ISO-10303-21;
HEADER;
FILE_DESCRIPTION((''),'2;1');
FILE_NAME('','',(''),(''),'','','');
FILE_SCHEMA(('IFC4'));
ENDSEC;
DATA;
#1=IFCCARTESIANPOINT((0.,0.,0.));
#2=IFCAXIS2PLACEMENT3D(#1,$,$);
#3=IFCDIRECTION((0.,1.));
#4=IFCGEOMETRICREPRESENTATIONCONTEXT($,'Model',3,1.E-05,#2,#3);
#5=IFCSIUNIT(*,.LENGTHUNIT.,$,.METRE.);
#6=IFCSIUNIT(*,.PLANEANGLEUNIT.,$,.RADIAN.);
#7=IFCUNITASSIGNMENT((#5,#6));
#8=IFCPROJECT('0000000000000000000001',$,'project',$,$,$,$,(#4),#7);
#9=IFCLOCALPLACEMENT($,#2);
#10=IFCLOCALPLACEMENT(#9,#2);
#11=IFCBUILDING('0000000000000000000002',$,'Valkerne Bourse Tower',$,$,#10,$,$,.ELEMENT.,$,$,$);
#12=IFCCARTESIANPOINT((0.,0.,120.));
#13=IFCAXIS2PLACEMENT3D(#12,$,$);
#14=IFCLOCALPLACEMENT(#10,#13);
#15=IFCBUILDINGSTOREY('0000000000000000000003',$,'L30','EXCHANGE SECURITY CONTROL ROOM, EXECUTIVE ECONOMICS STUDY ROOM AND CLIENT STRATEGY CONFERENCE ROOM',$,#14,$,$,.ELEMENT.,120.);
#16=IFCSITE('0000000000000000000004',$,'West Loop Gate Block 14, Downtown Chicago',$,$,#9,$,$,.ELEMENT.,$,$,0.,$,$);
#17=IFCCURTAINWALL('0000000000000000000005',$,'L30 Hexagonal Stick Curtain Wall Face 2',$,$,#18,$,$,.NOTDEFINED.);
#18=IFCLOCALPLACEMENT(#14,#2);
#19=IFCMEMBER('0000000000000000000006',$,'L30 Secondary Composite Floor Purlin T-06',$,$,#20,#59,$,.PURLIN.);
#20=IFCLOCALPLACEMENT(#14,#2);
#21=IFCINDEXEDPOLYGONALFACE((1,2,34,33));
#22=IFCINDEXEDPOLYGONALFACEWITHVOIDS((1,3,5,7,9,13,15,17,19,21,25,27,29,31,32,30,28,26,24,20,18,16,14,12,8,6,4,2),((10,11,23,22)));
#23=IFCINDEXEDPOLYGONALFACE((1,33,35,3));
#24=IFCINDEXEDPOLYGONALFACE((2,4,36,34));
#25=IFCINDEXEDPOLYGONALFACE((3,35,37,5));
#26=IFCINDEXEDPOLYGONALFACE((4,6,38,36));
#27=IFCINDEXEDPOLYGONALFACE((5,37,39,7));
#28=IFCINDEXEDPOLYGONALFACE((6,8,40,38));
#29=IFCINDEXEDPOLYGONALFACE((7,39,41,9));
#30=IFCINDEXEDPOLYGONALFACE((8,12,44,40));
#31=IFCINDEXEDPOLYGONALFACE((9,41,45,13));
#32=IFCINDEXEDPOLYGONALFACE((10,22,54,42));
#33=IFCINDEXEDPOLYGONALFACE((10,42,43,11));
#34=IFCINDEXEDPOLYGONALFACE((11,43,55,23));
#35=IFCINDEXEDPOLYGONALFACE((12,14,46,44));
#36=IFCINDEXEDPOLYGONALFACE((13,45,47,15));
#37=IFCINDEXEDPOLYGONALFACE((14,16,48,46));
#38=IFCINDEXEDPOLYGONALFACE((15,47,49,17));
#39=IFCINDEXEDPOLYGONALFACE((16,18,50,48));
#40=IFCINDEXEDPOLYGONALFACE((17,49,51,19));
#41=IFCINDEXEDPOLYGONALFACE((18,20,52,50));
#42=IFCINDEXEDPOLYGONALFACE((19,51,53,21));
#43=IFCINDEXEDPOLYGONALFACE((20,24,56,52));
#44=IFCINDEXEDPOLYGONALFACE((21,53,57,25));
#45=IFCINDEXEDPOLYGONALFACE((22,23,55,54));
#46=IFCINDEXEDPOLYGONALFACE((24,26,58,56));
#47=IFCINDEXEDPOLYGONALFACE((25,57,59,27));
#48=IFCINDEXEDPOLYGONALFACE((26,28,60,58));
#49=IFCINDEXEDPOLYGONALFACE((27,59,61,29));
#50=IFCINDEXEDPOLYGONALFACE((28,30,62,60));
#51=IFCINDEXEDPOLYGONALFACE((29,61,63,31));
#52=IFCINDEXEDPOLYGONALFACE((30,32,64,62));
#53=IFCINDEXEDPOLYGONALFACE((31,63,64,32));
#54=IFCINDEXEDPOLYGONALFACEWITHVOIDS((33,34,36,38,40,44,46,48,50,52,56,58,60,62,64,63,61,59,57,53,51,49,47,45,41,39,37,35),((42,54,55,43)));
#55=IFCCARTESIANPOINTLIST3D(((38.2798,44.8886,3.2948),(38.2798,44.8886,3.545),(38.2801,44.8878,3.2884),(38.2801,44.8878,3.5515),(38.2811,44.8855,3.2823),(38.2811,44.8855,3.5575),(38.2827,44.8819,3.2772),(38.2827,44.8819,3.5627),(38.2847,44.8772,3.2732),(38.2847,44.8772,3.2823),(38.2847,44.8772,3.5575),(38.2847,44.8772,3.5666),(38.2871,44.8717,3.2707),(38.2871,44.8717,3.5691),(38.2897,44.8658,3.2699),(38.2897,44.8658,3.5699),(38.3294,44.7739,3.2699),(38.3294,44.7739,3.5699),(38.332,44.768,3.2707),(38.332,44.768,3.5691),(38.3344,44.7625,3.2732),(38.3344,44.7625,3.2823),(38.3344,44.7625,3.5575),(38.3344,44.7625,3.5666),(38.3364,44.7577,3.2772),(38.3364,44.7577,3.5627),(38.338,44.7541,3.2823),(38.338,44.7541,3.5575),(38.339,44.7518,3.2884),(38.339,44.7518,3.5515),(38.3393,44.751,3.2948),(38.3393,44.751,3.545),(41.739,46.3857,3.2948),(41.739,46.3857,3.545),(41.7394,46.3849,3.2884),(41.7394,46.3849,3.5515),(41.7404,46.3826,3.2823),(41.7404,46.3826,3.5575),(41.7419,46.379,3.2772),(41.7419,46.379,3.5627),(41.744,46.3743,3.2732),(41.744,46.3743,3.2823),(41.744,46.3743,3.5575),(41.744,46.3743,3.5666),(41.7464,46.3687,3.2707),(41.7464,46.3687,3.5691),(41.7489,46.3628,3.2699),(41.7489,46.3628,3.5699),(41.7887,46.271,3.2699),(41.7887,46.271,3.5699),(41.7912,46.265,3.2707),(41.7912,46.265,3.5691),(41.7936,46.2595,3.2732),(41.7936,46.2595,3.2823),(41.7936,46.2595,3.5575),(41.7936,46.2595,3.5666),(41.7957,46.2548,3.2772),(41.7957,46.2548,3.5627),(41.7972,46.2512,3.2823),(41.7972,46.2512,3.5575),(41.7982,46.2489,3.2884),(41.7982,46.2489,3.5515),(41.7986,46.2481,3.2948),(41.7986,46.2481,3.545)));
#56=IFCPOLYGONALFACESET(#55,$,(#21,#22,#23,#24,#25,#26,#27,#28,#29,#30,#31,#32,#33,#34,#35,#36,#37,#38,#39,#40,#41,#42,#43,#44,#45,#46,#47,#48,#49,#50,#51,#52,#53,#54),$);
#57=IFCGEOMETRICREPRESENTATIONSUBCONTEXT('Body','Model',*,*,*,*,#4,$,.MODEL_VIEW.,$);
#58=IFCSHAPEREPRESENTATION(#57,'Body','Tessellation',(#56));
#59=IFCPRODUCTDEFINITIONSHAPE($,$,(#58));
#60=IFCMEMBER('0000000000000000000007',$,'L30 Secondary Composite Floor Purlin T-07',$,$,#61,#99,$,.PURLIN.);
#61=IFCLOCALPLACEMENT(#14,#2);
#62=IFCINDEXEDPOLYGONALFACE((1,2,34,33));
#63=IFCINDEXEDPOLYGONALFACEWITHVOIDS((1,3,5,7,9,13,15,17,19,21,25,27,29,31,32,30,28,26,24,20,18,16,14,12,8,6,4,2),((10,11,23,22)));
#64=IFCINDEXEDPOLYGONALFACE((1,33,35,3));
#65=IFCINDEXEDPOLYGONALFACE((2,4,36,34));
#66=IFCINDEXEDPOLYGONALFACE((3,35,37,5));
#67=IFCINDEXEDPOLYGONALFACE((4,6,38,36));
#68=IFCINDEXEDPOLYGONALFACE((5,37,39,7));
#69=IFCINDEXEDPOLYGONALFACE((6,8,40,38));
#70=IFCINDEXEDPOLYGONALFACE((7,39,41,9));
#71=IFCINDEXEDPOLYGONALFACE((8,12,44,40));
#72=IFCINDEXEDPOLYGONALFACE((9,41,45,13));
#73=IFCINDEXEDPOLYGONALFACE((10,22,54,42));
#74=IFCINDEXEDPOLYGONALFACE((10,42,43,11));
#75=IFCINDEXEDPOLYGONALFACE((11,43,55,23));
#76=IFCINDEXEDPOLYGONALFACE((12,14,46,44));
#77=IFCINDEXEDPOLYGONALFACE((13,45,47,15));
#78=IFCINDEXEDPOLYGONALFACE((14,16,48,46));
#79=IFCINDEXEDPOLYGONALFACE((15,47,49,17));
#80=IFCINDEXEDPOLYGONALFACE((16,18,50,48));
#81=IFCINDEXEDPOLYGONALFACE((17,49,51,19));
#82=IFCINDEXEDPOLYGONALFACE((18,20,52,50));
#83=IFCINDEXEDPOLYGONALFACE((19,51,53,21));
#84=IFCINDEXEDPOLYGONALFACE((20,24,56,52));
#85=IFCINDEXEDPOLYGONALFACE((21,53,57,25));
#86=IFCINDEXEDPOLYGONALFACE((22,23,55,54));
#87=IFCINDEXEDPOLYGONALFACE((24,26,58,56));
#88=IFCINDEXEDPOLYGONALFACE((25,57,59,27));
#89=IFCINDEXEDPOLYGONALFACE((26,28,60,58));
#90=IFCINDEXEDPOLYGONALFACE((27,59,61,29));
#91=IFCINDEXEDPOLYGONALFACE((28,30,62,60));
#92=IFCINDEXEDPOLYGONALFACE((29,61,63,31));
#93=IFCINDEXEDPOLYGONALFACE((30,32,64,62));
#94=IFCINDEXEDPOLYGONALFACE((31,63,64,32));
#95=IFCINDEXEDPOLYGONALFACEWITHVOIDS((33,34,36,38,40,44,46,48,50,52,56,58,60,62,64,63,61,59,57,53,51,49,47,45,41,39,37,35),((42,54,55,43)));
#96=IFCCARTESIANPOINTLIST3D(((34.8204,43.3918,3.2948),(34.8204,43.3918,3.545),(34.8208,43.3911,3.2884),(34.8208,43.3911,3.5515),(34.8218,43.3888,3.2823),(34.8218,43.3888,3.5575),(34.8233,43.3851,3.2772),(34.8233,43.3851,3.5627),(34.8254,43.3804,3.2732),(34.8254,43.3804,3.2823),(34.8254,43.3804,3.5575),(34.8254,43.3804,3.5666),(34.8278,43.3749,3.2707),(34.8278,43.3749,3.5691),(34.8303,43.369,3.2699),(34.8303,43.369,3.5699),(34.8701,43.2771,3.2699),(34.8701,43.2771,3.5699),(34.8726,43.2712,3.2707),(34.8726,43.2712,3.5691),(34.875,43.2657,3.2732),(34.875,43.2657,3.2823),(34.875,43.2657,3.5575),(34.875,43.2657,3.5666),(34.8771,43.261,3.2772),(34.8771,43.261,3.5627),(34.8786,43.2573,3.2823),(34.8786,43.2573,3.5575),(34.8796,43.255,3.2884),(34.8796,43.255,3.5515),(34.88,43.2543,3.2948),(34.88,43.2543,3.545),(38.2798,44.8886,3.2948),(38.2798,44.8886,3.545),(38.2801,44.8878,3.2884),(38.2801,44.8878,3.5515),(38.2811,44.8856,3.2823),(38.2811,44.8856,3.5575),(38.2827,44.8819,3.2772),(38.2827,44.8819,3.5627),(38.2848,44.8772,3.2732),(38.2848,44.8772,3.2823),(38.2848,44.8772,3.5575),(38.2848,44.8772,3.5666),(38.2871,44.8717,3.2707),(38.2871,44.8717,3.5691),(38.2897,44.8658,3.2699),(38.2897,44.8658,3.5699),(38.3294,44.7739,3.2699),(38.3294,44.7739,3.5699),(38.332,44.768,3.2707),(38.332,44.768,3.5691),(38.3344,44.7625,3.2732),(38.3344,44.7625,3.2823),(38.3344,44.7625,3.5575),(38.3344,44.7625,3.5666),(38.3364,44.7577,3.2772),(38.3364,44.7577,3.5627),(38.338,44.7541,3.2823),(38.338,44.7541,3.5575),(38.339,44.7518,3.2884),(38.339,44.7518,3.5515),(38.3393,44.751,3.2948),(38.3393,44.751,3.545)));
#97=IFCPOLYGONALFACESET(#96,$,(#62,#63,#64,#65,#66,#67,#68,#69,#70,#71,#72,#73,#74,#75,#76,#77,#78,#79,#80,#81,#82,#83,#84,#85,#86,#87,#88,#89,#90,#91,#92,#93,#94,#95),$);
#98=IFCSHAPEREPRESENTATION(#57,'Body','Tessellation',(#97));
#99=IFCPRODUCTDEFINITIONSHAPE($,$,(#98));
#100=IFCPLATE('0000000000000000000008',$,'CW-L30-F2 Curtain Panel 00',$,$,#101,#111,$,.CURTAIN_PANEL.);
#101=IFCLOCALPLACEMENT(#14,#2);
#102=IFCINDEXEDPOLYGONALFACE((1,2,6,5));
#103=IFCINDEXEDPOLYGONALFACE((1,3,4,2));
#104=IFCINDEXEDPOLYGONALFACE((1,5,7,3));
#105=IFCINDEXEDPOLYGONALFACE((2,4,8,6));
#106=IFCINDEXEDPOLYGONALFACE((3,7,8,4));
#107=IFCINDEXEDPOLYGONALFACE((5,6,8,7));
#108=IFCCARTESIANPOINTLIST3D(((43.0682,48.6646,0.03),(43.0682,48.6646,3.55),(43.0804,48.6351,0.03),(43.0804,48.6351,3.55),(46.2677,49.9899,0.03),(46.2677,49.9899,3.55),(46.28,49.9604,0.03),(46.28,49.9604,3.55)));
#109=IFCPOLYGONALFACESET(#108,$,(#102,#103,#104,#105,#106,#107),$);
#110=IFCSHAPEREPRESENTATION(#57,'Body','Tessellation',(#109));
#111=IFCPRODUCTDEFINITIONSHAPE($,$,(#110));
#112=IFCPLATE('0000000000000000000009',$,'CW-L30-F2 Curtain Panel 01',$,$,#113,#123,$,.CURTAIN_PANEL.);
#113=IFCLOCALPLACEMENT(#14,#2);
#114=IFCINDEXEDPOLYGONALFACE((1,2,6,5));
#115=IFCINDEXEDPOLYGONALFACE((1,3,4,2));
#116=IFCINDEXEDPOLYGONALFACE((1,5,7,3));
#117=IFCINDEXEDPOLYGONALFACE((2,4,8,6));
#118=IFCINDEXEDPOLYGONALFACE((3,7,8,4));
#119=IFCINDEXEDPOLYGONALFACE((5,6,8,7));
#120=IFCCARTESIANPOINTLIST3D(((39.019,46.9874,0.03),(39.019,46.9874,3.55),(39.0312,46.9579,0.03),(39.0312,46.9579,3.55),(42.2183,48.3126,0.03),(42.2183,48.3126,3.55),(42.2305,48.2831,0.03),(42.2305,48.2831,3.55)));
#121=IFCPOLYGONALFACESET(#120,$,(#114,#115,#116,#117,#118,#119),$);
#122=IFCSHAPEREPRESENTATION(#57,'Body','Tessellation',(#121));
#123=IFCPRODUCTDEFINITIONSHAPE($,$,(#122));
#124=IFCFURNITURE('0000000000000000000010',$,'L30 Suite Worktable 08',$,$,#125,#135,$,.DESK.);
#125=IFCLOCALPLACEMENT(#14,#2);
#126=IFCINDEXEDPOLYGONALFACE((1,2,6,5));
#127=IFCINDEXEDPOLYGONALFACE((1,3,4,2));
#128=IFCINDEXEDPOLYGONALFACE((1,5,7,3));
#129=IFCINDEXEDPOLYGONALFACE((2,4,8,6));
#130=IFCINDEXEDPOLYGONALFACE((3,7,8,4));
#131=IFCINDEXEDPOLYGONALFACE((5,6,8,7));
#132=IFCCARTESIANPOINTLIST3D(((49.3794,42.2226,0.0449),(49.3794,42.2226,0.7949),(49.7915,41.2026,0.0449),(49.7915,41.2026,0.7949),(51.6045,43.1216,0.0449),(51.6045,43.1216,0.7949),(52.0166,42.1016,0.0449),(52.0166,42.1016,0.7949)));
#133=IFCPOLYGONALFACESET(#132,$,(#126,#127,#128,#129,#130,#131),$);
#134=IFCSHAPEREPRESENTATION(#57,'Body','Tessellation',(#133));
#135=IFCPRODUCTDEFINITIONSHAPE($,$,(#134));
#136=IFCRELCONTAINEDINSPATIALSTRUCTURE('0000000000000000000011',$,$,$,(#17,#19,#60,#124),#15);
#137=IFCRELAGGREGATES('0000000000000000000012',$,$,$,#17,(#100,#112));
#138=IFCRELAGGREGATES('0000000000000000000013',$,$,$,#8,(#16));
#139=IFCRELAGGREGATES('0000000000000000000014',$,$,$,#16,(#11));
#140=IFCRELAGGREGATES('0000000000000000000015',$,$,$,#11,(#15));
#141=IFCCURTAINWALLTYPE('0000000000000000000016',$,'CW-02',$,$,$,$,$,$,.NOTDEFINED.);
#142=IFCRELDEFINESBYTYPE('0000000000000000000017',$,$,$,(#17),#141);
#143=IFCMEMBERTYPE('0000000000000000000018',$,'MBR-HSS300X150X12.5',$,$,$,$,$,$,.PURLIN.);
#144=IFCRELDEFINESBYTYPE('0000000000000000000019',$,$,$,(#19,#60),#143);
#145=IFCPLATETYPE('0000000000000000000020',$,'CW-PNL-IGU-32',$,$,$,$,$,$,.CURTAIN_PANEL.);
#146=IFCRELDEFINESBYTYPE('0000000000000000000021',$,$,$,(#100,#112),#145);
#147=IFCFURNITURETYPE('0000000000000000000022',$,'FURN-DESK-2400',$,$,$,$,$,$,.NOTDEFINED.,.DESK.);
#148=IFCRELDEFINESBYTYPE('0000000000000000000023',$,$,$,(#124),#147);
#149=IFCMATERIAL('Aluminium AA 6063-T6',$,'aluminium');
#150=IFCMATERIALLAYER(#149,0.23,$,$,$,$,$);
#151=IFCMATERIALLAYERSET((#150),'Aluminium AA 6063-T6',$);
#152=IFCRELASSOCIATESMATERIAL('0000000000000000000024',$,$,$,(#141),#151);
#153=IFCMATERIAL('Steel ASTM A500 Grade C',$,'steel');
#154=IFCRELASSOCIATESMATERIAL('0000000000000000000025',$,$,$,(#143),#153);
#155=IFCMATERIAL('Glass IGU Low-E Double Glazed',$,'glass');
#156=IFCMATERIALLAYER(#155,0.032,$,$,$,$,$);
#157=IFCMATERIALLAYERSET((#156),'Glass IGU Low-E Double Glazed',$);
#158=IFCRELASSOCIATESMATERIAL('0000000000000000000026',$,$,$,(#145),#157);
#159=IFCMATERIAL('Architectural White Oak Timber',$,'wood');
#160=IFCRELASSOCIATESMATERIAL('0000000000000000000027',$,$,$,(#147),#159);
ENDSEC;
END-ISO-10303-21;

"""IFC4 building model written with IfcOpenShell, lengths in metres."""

from ifc_helpers import new_model, si_unit, direction, frame, origin, origin_2d, place, context, subcontext, project, spatial, rectangle, hollow_rectangle, extrude, material, layer, layer_set, material_profile, profile_set, type_object, element, aggregate, save


model = new_model("IFC4")

# Units and contexts
model_context = context("Model", 3, precision=1e-05, world=origin(), true_north=direction((0.0, 1.0)))
body_context = subcontext(model_context, "Body", "Model", "MODEL_VIEW")
ifc_project = project(units=[si_unit("LENGTHUNIT", "METRE"), si_unit("PLANEANGLEUNIT", "RADIAN")], contexts=[model_context])

# Site, building, storey
site_placement = place(None, origin())
site = spatial("IfcSite", under=ifc_project, at=site_placement, Name="West Loop Gate Block 14, Downtown Chicago", CompositionType="ELEMENT", RefElevation=0.0)
building_placement = place(site_placement, origin())
building = spatial("IfcBuilding", under=site, at=building_placement, Name="Valkerne Bourse Tower", CompositionType="ELEMENT")
storey_placement = place(building_placement, frame((0.0, 0.0, 120.0)))
storey = spatial("IfcBuildingStorey", under=building, at=storey_placement, Name="L30", Description="EXCHANGE SECURITY CONTROL ROOM, EXECUTIVE ECONOMICS STUDY ROOM AND CLIENT STRATEGY CONFERENCE ROOM", CompositionType="ELEMENT", Elevation=120.0)

# Curtain wall
ifc_material_1 = material(Name="Aluminium AA 6063-T6", Category="aluminium")
ifc_layer_1 = layer(ifc_material_1, 0.23)
ifc_layer_set_1 = layer_set([ifc_layer_1], Name="Aluminium AA 6063-T6")
curtain_wall_type = type_object("IfcCurtainWallType", Name="CW-02", PredefinedType="NOTDEFINED", material=ifc_layer_set_1)
curtain_wall_placement = place(storey_placement, origin())
curtain_wall = element("IfcCurtainWall", 1, at=curtain_wall_placement, inside=storey, type_object=curtain_wall_type, Name="L30 Hexagonal Stick Curtain Wall Face 2", PredefinedType="NOTDEFINED")

# Members
ifc_material_2 = material(Name="Steel ASTM A500 Grade C", Category="steel")
ifc_material_profile_1 = material_profile(ifc_material_2, hollow_rectangle(XDim=0.1499, YDim=0.3, WallThickness=0.0125, OuterFilletRadius=0.0249, at=origin_2d()), Name="HSS300X150X12.5")
ifc_profile_set_1 = profile_set([ifc_material_profile_1], Name="Steel ASTM A500 Grade C")
member_type_1 = type_object("IfcMemberType", Name="MBR-HSS300X150X12.5", PredefinedType="PURLIN", material=ifc_profile_set_1)
for number, where, z_axis, x_axis, name in (
    (2, (41.7688, 46.3169, 3.4199), (-0.917742, -0.397177, 0.0), (0.397177, -0.917742, 0.0), "L30 Secondary Composite Floor Purlin T-06"),
    (3, (38.3096, 44.8198, 3.4199), (-0.917776, -0.397098, 0.0), (0.397098, -0.917776, 0.0), "L30 Secondary Composite Floor Purlin T-07"),
):
    element("IfcMember", number, at=place(storey_placement, frame(where, z_axis=z_axis, x_axis=x_axis)), inside=storey, type_object=member_type_1, Name=name, PredefinedType="PURLIN", context=body_context, shape_type="SweptSolid", body=[
        extrude(hollow_rectangle(XDim=0.1499, YDim=0.3, WallThickness=0.0125, OuterFilletRadius=0.0249, at=origin_2d()), origin(), (0.0, 0.0, 1.0), 3.7693),
    ])

# Plates
ifc_material_3 = material(Name="Glass IGU Low-E Double Glazed", Category="glass")
ifc_layer_2 = layer(ifc_material_3, 0.032)
ifc_layer_set_2 = layer_set([ifc_layer_2], Name="Glass IGU Low-E Double Glazed")
plate_type = type_object("IfcPlateType", Name="CW-PNL-IGU-32", PredefinedType="CURTAIN_PANEL", material=ifc_layer_set_2)
plate_1_placement = place(storey_placement, frame((44.6741, 49.3125, 0.03), z_axis=(0.0, 0.0, 1.0), x_axis=(-0.923881, -0.38268, 0.0)))
plate_1 = element("IfcPlate", 4, at=plate_1_placement, type_object=plate_type, Name="CW-L30-F2 Curtain Panel 00", PredefinedType="CURTAIN_PANEL", context=body_context, shape_type="SweptSolid", body=[
    extrude(rectangle(XDim=3.4631, YDim=0.032, at=origin_2d()), origin(), (0.0, 0.0, 1.0), 3.52),
])
plate_2_placement = place(storey_placement, frame((40.6248, 47.6353, 0.03), z_axis=(0.0, 0.0, 1.0), x_axis=(-0.923878, -0.382688, 0.0)))
plate_2 = element("IfcPlate", 5, at=plate_2_placement, type_object=plate_type, Name="CW-L30-F2 Curtain Panel 01", PredefinedType="CURTAIN_PANEL", context=body_context, shape_type="SweptSolid", body=[
    extrude(rectangle(XDim=3.4629, YDim=0.032, at=origin_2d()), origin(), (0.0, 0.0, 1.0), 3.52),
])
aggregate(curtain_wall, [plate_1, plate_2])

# Furniture
ifc_material_4 = material(Name="Architectural White Oak Timber", Category="wood")
furniture_type = type_object("IfcFurnitureType", Name="FURN-DESK-2400", AssemblyPlace="NOTDEFINED", PredefinedType="DESK", material=ifc_material_4)
furniture_placement = place(storey_placement, frame((50.698, 42.1621, 0.0449), z_axis=(0.0, 0.0, 1.0), x_axis=(0.927184, 0.374607, 0.0)))
element("IfcFurniture", 6, at=furniture_placement, inside=storey, type_object=furniture_type, Name="L30 Suite Worktable 08", PredefinedType="DESK", context=body_context, shape_type="SweptSolid", body=[
    extrude(rectangle(XDim=2.3999, YDim=1.1001, at=origin_2d()), origin(), (0.0, 0.0, 1.0), 0.75),
])

save(model, "model.ifc")
